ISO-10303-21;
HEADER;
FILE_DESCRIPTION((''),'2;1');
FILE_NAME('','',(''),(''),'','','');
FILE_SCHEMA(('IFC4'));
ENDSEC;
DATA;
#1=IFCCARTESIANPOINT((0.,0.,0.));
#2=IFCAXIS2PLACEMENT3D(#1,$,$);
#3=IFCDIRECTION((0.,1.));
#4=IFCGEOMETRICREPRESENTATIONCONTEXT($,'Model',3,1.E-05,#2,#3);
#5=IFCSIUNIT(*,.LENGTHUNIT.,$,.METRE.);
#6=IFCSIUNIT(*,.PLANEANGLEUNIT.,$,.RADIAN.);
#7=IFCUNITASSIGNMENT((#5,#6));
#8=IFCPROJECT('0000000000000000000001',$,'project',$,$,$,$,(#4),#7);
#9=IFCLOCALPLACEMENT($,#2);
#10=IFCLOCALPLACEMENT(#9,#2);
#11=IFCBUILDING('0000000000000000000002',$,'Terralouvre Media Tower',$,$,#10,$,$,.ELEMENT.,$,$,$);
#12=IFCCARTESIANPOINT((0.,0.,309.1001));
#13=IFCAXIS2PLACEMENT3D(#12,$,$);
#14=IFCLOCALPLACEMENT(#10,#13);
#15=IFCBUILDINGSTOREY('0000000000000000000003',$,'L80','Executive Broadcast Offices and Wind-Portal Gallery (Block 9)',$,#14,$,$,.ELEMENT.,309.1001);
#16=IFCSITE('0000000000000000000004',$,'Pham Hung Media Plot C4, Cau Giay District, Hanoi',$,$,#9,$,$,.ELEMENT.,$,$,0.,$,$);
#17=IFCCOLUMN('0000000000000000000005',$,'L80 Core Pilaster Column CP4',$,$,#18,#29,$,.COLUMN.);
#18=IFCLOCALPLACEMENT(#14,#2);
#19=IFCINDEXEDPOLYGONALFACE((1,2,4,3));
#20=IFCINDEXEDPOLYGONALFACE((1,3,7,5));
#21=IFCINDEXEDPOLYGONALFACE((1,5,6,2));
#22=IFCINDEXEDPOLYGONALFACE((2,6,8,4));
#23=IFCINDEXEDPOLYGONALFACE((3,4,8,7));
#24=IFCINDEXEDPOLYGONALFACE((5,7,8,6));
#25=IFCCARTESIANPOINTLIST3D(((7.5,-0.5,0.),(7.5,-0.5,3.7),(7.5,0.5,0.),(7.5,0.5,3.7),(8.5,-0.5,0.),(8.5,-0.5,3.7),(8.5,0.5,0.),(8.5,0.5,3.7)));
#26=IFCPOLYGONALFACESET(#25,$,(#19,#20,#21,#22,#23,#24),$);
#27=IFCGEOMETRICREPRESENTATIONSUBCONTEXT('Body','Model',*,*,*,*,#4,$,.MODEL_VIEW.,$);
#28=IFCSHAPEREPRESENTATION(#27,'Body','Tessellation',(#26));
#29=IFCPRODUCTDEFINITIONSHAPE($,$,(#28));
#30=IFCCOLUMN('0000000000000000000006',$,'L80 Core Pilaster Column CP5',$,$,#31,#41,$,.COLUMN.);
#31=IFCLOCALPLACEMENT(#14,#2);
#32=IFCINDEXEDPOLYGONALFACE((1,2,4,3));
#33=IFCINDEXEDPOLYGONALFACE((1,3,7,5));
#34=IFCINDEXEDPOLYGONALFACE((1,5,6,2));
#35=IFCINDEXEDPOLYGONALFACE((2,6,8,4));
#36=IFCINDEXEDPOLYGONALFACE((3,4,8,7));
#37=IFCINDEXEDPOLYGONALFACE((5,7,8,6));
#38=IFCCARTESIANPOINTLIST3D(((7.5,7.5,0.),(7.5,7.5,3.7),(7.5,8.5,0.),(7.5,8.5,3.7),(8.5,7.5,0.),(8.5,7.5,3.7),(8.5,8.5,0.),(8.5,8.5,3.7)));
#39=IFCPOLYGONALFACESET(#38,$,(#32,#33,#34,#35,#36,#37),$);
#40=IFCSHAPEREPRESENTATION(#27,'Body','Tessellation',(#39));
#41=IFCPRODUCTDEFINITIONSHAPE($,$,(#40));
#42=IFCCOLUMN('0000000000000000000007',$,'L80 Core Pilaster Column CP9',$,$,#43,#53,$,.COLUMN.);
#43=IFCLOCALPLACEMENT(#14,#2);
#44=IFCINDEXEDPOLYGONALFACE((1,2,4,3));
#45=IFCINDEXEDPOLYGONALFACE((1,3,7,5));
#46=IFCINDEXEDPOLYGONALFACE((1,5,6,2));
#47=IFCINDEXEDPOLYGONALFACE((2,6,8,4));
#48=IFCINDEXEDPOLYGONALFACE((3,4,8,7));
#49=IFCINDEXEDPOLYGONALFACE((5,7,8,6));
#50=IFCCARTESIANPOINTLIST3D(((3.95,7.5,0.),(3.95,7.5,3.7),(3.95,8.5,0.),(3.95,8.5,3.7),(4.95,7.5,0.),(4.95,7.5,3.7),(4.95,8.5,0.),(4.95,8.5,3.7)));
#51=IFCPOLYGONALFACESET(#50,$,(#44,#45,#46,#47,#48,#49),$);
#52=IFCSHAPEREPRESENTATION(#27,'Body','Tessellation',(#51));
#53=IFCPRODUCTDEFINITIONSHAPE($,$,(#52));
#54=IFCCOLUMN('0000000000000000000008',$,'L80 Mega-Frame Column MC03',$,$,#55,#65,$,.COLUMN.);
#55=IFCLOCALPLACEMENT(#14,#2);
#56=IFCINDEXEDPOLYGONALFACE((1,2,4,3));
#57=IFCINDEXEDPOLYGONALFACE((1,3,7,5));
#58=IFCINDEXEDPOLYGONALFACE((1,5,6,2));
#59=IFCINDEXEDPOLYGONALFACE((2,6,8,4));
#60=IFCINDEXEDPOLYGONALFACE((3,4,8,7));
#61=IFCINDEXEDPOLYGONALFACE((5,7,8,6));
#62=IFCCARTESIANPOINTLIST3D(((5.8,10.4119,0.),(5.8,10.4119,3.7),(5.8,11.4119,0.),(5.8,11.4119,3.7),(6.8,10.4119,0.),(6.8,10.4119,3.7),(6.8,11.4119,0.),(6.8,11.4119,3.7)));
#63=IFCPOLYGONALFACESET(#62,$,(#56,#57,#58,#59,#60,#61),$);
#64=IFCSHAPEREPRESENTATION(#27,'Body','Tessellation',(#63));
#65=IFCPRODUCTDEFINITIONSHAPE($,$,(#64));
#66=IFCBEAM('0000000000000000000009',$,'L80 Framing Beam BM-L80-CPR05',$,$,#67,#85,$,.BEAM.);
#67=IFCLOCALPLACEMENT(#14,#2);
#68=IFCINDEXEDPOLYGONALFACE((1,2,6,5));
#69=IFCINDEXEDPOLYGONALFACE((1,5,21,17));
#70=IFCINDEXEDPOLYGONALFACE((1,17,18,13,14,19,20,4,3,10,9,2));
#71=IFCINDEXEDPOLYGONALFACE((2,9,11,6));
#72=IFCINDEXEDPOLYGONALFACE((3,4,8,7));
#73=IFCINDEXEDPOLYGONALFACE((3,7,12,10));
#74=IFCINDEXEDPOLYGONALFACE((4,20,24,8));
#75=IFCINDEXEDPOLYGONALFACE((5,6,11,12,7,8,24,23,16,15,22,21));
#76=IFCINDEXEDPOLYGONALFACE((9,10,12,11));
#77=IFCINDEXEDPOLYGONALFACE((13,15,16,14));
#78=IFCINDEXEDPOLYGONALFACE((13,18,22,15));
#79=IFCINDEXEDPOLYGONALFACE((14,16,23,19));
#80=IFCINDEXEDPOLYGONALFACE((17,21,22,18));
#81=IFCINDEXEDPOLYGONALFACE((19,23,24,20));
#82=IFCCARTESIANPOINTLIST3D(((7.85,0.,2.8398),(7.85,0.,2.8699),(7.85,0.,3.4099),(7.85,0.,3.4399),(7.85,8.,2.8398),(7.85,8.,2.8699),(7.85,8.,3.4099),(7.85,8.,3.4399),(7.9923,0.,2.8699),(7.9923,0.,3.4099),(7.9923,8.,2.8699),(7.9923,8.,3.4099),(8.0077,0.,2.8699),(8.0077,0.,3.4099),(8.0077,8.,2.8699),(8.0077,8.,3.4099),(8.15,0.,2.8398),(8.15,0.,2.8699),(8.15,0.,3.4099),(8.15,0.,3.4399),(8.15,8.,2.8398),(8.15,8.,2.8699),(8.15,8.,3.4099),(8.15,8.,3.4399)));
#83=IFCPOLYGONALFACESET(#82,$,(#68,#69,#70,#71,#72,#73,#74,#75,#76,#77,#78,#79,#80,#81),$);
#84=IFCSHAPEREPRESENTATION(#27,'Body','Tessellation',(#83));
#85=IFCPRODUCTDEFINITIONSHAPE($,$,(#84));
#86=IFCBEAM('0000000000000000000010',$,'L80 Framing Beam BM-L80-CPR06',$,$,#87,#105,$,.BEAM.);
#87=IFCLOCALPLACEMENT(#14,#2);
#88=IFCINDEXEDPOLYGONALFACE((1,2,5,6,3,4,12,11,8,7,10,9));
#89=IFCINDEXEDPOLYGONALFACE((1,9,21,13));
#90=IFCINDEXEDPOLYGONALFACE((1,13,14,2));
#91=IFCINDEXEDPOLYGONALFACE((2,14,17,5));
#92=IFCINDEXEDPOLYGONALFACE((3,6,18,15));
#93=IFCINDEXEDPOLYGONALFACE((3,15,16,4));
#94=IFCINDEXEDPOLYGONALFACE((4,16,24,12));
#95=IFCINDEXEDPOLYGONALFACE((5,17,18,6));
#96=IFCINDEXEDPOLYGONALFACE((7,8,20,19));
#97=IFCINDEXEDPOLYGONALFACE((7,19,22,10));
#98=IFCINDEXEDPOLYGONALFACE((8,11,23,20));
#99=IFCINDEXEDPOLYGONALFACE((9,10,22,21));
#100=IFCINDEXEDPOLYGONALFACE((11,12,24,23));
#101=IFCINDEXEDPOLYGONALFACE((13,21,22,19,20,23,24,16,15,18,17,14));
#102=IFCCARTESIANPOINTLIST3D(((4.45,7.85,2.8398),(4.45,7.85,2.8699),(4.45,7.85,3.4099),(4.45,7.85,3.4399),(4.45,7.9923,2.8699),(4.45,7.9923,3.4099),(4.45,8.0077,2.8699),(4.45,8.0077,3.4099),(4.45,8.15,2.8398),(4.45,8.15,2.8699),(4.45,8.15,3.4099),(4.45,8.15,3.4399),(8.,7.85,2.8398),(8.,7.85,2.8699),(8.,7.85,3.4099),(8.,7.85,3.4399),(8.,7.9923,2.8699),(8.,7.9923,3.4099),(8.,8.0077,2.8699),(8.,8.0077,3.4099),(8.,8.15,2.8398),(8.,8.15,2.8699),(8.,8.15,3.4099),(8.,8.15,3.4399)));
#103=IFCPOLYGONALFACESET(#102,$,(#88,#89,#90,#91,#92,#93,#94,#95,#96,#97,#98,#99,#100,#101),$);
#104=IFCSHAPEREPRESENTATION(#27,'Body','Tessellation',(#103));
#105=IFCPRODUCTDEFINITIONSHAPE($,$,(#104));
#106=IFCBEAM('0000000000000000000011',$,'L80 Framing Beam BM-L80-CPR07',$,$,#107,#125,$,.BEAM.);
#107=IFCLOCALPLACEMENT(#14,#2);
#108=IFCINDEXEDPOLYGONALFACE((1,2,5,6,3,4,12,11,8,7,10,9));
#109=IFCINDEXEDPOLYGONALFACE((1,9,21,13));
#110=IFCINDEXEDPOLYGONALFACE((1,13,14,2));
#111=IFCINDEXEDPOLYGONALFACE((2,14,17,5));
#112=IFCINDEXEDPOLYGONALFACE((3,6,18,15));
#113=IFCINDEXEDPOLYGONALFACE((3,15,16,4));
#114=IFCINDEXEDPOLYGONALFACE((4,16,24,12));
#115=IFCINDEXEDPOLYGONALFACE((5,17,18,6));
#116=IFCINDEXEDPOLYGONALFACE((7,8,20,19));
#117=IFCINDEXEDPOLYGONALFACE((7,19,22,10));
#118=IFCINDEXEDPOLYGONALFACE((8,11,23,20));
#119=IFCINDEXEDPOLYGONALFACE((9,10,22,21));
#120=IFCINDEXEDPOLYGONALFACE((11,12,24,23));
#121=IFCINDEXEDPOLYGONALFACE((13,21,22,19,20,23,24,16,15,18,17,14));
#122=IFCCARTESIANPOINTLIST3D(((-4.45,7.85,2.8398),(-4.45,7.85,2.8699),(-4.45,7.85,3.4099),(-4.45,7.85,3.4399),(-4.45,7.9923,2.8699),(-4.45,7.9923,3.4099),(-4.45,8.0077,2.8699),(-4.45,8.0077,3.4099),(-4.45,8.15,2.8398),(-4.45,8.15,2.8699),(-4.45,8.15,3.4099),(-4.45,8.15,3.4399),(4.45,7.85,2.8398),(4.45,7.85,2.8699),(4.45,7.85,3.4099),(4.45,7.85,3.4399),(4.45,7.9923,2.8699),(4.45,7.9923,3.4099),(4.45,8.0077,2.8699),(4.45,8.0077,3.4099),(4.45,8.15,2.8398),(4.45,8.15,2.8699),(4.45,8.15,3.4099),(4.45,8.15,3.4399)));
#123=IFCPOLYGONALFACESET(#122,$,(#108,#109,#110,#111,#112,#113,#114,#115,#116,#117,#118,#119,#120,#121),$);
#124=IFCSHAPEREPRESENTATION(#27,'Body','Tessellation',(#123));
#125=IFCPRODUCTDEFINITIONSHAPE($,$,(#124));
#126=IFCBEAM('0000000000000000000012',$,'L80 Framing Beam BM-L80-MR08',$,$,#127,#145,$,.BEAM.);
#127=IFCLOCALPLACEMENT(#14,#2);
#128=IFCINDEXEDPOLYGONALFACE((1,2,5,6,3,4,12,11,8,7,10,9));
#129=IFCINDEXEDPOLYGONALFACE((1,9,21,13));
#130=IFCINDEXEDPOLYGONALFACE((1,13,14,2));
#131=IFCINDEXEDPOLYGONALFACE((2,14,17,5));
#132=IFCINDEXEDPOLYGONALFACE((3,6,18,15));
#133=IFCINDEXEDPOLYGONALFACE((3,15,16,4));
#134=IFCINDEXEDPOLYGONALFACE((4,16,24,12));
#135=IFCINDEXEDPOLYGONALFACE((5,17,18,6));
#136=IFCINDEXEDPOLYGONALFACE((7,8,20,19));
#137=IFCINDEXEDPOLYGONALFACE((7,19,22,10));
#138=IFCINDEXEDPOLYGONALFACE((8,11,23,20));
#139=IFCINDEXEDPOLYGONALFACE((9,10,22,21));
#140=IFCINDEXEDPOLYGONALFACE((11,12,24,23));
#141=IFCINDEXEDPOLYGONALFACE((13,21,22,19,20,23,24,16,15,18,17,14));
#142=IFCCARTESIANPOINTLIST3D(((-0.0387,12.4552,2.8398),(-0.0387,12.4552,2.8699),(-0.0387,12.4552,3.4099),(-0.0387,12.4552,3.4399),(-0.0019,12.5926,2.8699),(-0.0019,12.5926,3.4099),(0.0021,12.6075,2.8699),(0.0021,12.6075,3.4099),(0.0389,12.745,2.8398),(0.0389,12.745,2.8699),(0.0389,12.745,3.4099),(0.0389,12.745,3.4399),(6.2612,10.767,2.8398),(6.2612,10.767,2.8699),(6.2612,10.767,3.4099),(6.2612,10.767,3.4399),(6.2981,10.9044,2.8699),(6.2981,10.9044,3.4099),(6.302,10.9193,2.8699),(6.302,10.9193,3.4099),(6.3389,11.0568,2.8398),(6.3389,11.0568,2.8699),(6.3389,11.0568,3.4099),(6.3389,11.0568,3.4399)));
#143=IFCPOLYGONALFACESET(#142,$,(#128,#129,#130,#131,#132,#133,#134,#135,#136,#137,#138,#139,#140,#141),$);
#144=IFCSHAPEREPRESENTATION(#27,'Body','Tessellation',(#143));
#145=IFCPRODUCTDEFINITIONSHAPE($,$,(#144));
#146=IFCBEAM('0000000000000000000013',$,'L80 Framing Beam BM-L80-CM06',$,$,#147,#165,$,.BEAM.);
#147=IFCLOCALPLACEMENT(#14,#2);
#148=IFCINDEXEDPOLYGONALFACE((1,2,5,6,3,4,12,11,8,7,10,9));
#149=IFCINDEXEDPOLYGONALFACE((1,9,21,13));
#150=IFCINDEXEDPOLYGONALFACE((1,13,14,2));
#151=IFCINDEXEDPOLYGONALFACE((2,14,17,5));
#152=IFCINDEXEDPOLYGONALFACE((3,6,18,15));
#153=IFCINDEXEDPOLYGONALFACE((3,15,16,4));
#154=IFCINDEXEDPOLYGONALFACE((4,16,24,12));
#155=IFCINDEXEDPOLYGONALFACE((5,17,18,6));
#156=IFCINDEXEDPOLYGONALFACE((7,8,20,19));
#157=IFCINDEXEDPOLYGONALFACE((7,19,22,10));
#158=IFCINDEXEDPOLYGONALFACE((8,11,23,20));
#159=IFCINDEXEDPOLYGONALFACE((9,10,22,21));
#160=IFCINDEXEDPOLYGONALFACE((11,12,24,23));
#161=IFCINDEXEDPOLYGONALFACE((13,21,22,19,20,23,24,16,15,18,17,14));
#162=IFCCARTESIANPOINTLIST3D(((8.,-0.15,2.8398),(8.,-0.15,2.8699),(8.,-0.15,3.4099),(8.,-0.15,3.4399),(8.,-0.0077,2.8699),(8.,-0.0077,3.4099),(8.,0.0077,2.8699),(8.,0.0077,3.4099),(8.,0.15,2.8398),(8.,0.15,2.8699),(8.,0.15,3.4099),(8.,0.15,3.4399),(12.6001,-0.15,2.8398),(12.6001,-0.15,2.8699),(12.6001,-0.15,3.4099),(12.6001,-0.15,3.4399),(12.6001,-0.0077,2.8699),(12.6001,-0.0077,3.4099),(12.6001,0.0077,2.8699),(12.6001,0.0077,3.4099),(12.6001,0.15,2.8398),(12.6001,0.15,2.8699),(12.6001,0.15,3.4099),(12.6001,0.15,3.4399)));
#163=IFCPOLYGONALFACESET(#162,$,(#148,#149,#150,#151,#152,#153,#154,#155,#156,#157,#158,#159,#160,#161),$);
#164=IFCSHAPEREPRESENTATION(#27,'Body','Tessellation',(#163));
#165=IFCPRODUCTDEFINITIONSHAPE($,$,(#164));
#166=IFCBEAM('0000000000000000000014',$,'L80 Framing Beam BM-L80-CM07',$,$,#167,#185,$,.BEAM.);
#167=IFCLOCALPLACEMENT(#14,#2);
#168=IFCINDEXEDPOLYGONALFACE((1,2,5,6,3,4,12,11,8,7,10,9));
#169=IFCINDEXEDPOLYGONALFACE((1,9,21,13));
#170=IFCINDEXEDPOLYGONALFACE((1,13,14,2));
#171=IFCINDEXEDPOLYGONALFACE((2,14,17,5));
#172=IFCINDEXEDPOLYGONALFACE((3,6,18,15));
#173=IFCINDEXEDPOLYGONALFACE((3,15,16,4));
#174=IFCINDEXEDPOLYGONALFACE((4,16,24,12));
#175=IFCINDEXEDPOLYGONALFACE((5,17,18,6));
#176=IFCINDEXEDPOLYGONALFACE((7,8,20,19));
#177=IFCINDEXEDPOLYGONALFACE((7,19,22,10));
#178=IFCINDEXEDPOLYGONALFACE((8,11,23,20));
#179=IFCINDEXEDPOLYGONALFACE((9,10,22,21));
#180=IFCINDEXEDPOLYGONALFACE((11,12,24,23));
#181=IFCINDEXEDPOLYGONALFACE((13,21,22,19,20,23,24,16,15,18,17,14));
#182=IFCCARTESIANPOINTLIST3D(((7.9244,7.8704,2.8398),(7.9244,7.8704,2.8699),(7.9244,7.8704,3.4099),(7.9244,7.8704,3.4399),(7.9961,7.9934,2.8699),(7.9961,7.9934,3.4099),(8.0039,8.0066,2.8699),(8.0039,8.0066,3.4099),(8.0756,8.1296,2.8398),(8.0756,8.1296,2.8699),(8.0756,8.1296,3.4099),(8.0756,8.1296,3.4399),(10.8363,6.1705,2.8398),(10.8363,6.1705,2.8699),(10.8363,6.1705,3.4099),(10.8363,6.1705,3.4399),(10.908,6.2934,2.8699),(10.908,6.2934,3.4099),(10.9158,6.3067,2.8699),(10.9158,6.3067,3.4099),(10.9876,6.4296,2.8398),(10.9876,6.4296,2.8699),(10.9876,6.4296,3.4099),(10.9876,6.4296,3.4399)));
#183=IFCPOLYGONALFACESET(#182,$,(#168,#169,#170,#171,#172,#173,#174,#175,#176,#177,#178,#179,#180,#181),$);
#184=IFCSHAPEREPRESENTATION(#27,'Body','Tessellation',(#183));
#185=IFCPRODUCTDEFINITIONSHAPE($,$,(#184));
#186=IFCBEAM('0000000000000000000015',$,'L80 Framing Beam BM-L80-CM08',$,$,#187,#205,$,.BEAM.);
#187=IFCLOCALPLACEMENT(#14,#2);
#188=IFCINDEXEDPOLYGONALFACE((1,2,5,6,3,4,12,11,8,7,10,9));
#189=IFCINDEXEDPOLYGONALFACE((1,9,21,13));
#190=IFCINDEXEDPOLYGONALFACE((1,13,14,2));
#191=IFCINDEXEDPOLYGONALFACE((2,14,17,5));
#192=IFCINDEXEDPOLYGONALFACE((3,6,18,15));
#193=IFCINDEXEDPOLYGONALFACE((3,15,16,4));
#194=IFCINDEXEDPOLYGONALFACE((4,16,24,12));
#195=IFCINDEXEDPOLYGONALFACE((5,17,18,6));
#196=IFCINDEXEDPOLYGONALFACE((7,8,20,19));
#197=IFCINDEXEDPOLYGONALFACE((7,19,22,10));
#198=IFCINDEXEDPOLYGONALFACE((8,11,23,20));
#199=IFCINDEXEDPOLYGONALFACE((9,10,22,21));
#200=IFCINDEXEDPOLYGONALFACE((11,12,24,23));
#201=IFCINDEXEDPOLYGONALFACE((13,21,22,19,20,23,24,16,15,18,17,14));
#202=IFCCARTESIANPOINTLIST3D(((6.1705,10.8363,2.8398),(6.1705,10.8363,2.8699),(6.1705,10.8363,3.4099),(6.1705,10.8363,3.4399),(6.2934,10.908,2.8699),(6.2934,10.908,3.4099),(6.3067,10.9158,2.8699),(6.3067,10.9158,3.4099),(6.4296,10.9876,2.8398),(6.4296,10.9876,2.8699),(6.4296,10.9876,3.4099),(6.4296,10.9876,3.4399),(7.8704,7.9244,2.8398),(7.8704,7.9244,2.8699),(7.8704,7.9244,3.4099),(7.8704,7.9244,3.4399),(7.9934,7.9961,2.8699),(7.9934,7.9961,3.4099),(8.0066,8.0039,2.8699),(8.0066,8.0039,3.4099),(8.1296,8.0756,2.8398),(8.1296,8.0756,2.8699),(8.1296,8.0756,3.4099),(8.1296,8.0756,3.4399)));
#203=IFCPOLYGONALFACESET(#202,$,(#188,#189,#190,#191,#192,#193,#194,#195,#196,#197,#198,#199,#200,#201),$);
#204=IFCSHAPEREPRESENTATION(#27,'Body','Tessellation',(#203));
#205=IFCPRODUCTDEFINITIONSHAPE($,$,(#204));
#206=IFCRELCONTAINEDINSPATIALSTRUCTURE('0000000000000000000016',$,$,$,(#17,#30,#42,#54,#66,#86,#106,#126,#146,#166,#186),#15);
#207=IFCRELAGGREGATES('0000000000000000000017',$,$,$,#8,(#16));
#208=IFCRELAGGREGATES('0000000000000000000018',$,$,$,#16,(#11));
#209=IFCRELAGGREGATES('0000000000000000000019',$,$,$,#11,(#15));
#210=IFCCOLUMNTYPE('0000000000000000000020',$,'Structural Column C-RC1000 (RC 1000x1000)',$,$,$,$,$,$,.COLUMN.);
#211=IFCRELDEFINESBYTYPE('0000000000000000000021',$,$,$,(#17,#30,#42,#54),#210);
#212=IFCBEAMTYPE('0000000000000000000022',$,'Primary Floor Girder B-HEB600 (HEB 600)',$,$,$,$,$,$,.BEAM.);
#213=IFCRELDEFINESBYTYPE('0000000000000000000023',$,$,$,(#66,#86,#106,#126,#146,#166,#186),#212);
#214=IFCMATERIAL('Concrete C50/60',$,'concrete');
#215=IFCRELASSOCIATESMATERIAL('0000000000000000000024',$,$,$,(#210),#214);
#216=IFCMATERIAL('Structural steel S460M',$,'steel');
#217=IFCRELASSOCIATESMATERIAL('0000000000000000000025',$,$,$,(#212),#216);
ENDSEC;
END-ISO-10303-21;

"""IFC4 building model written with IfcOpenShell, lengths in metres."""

from ifc_helpers import new_model, si_unit, direction, frame, origin, origin_2d, place, context, subcontext, project, spatial, rectangle, i_section, extrude, material, material_profile, profile_set, type_object, element, save


model = new_model("IFC4")

# Units and contexts
model_context = context("Model", 3, precision=1e-05, world=origin(), true_north=direction((0.0, 1.0)))
body_context = subcontext(model_context, "Body", "Model", "MODEL_VIEW")
ifc_project = project(units=[si_unit("LENGTHUNIT", "METRE"), si_unit("PLANEANGLEUNIT", "RADIAN")], contexts=[model_context])

# Site, building, storey
site_placement = place(None, origin())
site = spatial("IfcSite", under=ifc_project, at=site_placement, Name="Pham Hung Media Plot C4, Cau Giay District, Hanoi", CompositionType="ELEMENT", RefElevation=0.0)
building_placement = place(site_placement, origin())
building = spatial("IfcBuilding", under=site, at=building_placement, Name="Terralouvre Media Tower", CompositionType="ELEMENT")
storey_placement = place(building_placement, frame((0.0, 0.0, 309.1001)))
storey = spatial("IfcBuildingStorey", under=building, at=storey_placement, Name="L80", Description="Executive Broadcast Offices and Wind-Portal Gallery (Block 9)", CompositionType="ELEMENT", Elevation=309.1001)

# Columns
ifc_material_1 = material(Name="Concrete C50/60", Category="concrete")
ifc_material_profile_1 = material_profile(ifc_material_1, rectangle(XDim=1.0, YDim=1.0, at=origin_2d()), Name="RC 1000x1000")
ifc_profile_set_1 = profile_set([ifc_material_profile_1], Name="Concrete C50/60")
column_type = type_object("IfcColumnType", Name="Structural Column C-RC1000 (RC 1000x1000)", PredefinedType="COLUMN", material=ifc_profile_set_1)
for number, where, z_axis, x_axis, name in (
    (1, (8.0, 0.0, 0.0), (0.0, 0.0, 1.0), (1.0, 0.0, 0.0), "L80 Core Pilaster Column CP4"),
    (2, (8.0, 8.0, 0.0), (0.0, 0.0, 1.0), (1.0, 0.0, 0.0), "L80 Core Pilaster Column CP5"),
    (3, (4.45, 8.0, 0.0), (0.0, 0.0, 1.0), (1.0, 0.0, 0.0), "L80 Core Pilaster Column CP9"),
    (4, (6.3, 10.9119, 0.0), (0.0, 0.0, 1.0), (1.0, 0.0, 0.0), "L80 Mega-Frame Column MC03"),
):
    element("IfcColumn", number, at=place(storey_placement, frame(where, z_axis=z_axis, x_axis=x_axis)), inside=storey, type_object=column_type, Name=name, PredefinedType="COLUMN", context=body_context, shape_type="SweptSolid", body=[
        extrude(rectangle(XDim=1.0, YDim=1.0, at=origin_2d()), origin(), (0.0, 0.0, 1.0), 3.7),
    ])

# Beams
ifc_material_2 = material(Name="Structural steel S460M", Category="steel")
ifc_material_profile_2 = material_profile(ifc_material_2, i_section(OverallWidth=0.3, OverallDepth=0.6001, WebThickness=0.0154, FlangeThickness=0.03, at=origin_2d()), Name="HEB 600")
ifc_profile_set_2 = profile_set([ifc_material_profile_2], Name="Structural steel S460M")
beam_type_1 = type_object("IfcBeamType", Name="Primary Floor Girder B-HEB600 (HEB 600)", PredefinedType="BEAM", material=ifc_profile_set_2)
beam_1_placement = place(storey_placement, frame((8.0, 0.0, 3.1399), z_axis=(0.0, 1.0, 0.0), x_axis=(-1.0, 0.0, 0.0)))
element("IfcBeam", 5, at=beam_1_placement, inside=storey, type_object=beam_type_1, Name="L80 Framing Beam BM-L80-CPR05", PredefinedType="BEAM", context=body_context, shape_type="SweptSolid", body=[
    extrude(i_section(OverallWidth=0.3, OverallDepth=0.6001, WebThickness=0.0154, FlangeThickness=0.03, at=origin_2d()), origin(), (0.0, 0.0, 1.0), 8.0),
])
beam_2_placement = place(storey_placement, frame((8.0, 8.0, 3.1399), z_axis=(-1.0, 0.0, 0.0), x_axis=(0.0, -1.0, 0.0)))
element("IfcBeam", 6, at=beam_2_placement, inside=storey, type_object=beam_type_1, Name="L80 Framing Beam BM-L80-CPR06", PredefinedType="BEAM", context=body_context, shape_type="SweptSolid", body=[
    extrude(i_section(OverallWidth=0.3, OverallDepth=0.6001, WebThickness=0.0154, FlangeThickness=0.03, at=origin_2d()), origin(), (0.0, 0.0, 1.0), 3.55),
])
beam_3_placement = place(storey_placement, frame((4.45, 8.0, 3.1399), z_axis=(-1.0, 0.0, 0.0), x_axis=(0.0, -1.0, 0.0)))
element("IfcBeam", 7, at=beam_3_placement, inside=storey, type_object=beam_type_1, Name="L80 Framing Beam BM-L80-CPR07", PredefinedType="BEAM", context=body_context, shape_type="SweptSolid", body=[
    extrude(i_section(OverallWidth=0.3, OverallDepth=0.6001, WebThickness=0.0154, FlangeThickness=0.03, at=origin_2d()), origin(), (0.0, 0.0, 1.0), 8.8999),
])
beam_4_placement = place(storey_placement, frame((6.3, 10.9119, 3.1399), z_axis=(-0.96592, 0.258839, 0.0), x_axis=(-0.258839, -0.96592, 0.0)))
element("IfcBeam", 8, at=beam_4_placement, inside=storey, type_object=beam_type_1, Name="L80 Framing Beam BM-L80-MR08", PredefinedType="BEAM", context=body_context, shape_type="SweptSolid", body=[
    extrude(i_section(OverallWidth=0.3, OverallDepth=0.6001, WebThickness=0.0154, FlangeThickness=0.03, at=origin_2d()), origin(), (0.0, 0.0, 1.0), 6.5222),
])
beam_5_placement = place(storey_placement, frame((8.0, 0.0, 3.1399), z_axis=(1.0, 0.0, 0.0), x_axis=(0.0, 1.0, 0.0)))
element("IfcBeam", 9, at=beam_5_placement, inside=storey, type_object=beam_type_1, Name="L80 Framing Beam BM-L80-CM06", PredefinedType="BEAM", context=body_context, shape_type="SweptSolid", body=[
    extrude(i_section(OverallWidth=0.3, OverallDepth=0.6001, WebThickness=0.0154, FlangeThickness=0.03, at=origin_2d()), origin(), (0.0, 0.0, 1.0), 4.6001),
])
for number, where, z_axis, x_axis, name in (
    (10, (8.0, 8.0, 3.1399), (0.863603, -0.504173, 0.0), (0.504173, 0.863603, 0.0), "L80 Framing Beam BM-L80-CM07"),
    (11, (8.0, 8.0, 3.1399), (-0.504173, 0.863603, 0.0), (-0.863603, -0.504173, 0.0), "L80 Framing Beam BM-L80-CM08"),
):
    element("IfcBeam", number, at=place(storey_placement, frame(where, z_axis=z_axis, x_axis=x_axis)), inside=storey, type_object=beam_type_1, Name=name, PredefinedType="BEAM", context=body_context, shape_type="SweptSolid", body=[
        extrude(i_section(OverallWidth=0.3, OverallDepth=0.6001, WebThickness=0.0154, FlangeThickness=0.03, at=origin_2d()), origin(), (0.0, 0.0, 1.0), 3.3718),
    ])

save(model, "model.ifc")
